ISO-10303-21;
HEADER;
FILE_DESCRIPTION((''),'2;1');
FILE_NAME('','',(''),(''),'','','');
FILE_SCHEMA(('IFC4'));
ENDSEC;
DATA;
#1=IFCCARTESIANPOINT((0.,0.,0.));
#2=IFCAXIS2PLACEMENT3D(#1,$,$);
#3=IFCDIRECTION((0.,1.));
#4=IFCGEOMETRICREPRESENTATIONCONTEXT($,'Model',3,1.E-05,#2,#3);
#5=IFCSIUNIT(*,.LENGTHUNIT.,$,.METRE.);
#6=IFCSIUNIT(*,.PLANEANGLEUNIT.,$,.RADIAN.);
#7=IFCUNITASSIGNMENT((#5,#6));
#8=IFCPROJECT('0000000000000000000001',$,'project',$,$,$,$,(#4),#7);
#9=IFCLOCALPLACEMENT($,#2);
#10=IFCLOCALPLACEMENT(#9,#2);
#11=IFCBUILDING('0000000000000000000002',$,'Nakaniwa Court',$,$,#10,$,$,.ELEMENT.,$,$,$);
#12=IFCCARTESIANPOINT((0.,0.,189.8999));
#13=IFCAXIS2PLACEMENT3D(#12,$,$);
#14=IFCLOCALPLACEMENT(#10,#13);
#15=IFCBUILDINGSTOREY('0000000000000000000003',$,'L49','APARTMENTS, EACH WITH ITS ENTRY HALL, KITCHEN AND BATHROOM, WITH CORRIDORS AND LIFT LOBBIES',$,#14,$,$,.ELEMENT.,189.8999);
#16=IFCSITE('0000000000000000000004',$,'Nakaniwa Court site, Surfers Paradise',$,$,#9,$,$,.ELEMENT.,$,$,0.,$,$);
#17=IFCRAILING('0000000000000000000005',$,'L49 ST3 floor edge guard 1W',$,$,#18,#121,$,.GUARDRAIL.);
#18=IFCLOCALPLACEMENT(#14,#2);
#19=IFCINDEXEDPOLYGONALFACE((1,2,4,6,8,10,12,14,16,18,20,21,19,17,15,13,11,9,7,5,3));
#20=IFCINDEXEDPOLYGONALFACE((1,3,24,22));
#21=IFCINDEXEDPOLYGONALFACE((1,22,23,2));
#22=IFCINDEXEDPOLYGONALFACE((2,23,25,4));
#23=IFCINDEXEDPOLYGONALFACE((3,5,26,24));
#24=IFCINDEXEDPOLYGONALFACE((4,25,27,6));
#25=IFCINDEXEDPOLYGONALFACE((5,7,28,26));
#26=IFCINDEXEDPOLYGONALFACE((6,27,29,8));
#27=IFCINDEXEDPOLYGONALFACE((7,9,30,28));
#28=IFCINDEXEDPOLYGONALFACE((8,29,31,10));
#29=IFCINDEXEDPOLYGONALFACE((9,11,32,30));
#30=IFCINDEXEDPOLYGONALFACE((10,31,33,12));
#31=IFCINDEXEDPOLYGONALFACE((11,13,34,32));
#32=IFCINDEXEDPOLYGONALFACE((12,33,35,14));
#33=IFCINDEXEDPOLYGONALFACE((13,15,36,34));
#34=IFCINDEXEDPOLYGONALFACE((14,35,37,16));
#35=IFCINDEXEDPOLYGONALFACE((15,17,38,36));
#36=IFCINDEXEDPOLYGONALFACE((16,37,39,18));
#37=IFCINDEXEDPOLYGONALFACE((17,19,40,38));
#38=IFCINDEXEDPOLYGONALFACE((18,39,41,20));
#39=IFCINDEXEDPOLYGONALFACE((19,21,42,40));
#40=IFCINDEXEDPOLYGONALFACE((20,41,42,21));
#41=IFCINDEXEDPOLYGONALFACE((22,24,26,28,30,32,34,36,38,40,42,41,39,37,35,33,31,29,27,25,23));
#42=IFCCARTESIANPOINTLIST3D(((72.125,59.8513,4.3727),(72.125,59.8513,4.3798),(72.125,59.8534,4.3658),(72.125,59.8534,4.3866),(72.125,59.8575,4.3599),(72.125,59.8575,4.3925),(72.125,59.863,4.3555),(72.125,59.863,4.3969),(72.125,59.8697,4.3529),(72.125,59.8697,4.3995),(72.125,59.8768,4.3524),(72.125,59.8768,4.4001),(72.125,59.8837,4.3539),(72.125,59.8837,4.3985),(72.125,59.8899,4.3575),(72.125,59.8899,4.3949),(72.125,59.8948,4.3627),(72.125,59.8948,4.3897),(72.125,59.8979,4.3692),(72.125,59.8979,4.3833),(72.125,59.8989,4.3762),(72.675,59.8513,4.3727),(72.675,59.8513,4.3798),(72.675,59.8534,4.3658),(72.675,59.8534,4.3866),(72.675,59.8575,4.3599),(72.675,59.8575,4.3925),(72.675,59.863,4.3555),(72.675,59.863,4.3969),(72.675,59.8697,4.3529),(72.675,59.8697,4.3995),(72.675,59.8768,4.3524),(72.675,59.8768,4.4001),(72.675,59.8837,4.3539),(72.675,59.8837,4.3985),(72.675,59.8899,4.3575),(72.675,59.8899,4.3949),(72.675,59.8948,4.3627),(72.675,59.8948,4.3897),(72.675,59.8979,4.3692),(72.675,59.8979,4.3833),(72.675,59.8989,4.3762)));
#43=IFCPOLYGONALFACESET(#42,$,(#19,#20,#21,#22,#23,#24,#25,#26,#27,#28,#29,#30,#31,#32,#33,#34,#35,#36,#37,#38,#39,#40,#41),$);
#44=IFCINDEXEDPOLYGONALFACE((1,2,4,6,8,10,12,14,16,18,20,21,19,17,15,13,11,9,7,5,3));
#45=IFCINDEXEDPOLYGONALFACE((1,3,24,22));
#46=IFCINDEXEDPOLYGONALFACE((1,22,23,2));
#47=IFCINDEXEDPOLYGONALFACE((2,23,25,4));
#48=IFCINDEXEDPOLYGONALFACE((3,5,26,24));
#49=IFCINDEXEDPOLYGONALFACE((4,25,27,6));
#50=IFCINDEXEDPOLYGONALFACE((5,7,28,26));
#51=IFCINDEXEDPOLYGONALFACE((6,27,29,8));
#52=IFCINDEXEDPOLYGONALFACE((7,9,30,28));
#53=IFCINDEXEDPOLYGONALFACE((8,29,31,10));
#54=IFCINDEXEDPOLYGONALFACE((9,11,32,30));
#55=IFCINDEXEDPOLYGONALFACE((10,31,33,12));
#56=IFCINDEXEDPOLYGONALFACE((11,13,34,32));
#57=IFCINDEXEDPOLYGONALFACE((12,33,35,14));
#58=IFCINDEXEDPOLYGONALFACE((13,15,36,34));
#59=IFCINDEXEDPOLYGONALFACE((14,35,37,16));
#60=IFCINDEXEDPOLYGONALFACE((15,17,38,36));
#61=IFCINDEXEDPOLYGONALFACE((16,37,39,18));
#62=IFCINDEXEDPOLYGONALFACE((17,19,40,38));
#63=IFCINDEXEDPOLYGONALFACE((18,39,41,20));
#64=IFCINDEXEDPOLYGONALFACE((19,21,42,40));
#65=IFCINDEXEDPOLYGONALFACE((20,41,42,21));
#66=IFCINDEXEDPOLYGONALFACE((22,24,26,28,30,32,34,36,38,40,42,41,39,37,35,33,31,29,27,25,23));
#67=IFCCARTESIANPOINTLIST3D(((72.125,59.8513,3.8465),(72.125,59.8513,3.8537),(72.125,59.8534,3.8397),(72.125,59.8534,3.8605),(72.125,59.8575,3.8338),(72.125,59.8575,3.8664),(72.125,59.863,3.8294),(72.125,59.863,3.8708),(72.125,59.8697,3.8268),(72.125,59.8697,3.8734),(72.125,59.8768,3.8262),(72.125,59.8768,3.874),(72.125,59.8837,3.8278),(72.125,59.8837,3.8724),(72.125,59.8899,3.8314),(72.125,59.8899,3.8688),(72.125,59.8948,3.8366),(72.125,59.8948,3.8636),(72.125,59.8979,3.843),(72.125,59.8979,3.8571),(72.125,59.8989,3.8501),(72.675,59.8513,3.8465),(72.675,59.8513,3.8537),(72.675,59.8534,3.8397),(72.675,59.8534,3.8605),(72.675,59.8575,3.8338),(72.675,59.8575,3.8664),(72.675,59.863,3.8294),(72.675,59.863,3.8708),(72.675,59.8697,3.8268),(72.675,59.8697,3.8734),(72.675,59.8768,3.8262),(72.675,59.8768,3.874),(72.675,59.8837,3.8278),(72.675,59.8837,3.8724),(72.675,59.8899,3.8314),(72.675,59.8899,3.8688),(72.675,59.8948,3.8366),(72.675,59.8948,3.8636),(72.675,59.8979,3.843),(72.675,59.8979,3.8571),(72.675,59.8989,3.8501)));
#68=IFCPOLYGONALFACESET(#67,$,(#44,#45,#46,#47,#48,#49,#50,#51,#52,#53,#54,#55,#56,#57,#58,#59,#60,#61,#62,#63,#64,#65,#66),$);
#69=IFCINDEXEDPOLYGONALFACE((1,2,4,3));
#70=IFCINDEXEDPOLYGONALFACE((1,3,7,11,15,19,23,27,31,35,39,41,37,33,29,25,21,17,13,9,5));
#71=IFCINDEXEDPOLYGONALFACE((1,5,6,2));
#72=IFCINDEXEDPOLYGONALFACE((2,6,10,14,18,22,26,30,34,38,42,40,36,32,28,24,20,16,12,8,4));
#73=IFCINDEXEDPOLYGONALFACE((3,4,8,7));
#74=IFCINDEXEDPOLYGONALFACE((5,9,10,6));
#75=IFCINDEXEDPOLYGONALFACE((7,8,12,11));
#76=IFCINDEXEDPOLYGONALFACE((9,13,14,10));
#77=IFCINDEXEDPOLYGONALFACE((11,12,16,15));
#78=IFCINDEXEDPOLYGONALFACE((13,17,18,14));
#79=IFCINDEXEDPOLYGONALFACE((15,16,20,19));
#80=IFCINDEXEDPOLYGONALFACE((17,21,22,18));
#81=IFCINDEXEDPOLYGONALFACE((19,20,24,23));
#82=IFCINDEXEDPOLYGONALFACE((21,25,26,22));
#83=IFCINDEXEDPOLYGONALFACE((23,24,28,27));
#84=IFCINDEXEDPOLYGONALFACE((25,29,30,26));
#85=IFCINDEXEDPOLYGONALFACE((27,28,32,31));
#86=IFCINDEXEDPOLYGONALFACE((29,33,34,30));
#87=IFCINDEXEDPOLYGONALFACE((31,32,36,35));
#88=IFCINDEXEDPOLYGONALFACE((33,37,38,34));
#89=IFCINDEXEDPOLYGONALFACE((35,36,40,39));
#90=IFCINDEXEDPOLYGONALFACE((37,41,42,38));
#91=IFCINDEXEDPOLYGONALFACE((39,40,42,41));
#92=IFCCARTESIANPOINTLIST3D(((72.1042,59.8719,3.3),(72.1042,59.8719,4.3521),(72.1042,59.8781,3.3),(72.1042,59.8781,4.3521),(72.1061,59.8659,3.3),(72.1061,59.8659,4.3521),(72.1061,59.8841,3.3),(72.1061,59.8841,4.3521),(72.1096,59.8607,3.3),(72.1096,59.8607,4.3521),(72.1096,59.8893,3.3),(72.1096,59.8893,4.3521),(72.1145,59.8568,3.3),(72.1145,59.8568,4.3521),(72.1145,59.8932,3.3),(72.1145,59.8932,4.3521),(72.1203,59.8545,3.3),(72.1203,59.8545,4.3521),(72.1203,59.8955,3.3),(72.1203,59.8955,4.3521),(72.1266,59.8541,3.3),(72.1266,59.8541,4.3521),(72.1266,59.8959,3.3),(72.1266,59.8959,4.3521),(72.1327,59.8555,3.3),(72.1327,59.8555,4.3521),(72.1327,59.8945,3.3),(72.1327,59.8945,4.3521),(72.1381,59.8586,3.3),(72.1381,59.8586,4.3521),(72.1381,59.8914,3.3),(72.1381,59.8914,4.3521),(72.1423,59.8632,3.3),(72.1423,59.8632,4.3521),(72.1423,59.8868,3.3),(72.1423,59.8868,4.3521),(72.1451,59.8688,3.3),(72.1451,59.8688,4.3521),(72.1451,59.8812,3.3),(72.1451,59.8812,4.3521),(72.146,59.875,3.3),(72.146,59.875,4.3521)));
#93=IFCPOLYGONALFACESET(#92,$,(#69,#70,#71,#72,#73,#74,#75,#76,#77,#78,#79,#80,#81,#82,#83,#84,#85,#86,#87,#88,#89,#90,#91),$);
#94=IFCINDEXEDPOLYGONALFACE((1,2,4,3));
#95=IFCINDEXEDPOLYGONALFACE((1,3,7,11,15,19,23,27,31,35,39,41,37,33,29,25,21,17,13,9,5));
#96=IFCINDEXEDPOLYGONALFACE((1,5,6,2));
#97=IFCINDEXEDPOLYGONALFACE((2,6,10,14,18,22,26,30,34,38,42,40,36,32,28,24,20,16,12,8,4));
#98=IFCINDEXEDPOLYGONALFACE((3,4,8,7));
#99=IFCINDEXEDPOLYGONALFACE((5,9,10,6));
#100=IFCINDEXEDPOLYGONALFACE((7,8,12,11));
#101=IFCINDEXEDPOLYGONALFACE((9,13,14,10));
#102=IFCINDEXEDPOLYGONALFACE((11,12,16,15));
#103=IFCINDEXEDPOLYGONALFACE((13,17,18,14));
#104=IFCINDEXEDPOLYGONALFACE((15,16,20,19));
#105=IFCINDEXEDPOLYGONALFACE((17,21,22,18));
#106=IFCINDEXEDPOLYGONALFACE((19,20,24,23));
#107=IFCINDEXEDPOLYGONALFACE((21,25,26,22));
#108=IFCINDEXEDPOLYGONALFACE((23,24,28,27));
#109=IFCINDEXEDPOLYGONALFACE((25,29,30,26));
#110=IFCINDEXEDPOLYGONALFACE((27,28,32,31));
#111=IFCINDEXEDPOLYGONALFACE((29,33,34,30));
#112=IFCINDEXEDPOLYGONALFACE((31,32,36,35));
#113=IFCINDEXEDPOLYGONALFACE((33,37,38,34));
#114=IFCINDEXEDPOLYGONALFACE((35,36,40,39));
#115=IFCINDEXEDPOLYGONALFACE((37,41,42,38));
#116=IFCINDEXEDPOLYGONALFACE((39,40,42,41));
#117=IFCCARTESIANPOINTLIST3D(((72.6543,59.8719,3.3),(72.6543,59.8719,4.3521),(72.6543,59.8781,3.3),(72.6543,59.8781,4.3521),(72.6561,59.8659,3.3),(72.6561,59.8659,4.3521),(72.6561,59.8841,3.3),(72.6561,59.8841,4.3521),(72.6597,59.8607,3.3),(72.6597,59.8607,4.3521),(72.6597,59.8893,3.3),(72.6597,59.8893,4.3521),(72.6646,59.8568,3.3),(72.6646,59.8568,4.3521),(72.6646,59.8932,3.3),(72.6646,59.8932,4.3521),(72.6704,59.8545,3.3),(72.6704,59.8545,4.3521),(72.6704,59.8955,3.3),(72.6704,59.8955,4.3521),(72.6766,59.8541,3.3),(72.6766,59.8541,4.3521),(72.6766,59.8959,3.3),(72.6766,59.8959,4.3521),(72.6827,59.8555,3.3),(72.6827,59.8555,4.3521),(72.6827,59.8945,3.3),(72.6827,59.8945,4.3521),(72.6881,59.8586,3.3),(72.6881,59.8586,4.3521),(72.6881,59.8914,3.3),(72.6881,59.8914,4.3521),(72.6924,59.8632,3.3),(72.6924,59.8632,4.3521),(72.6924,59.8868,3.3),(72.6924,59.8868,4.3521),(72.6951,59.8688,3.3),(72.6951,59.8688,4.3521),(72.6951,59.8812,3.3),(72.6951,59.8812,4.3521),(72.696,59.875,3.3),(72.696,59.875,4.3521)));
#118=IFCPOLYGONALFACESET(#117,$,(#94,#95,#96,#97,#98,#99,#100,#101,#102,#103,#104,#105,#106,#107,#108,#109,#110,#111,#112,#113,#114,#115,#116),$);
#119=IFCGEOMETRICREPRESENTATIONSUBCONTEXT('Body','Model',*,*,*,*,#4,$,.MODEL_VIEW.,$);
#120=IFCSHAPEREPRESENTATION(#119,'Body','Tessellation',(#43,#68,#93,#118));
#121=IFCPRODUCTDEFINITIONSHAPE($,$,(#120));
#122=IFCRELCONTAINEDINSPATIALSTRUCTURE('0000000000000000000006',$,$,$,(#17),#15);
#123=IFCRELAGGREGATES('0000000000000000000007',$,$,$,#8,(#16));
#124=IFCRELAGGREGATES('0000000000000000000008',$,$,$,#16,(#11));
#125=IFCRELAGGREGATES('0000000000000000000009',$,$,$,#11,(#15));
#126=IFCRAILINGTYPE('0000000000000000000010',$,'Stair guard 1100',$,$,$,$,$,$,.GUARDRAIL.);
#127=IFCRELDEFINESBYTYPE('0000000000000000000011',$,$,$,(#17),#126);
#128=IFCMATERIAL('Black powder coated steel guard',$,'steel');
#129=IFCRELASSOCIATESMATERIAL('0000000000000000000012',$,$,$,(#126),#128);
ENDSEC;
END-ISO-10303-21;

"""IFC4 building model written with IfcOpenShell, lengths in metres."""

from ifc_helpers import new_model, si_unit, direction, frame, origin, origin_2d, place, context, subcontext, project, spatial, circle, extrude, material, type_object, element, save


model = new_model("IFC4")

# Units and contexts
model_context = context("Model", 3, precision=1e-05, world=origin(), true_north=direction((0.0, 1.0)))
body_context = subcontext(model_context, "Body", "Model", "MODEL_VIEW")
ifc_project = project(units=[si_unit("LENGTHUNIT", "METRE"), si_unit("PLANEANGLEUNIT", "RADIAN")], contexts=[model_context])

# Site, building, storey
site_placement = place(None, origin())
site = spatial("IfcSite", under=ifc_project, at=site_placement, Name="Nakaniwa Court site, Surfers Paradise", CompositionType="ELEMENT", RefElevation=0.0)
building_placement = place(site_placement, origin())
building = spatial("IfcBuilding", under=site, at=building_placement, Name="Nakaniwa Court", CompositionType="ELEMENT")
storey_placement = place(building_placement, frame((0.0, 0.0, 189.8999)))
storey = spatial("IfcBuildingStorey", under=building, at=storey_placement, Name="L49", Description="APARTMENTS, EACH WITH ITS ENTRY HALL, KITCHEN AND BATHROOM, WITH CORRIDORS AND LIFT LOBBIES", CompositionType="ELEMENT", Elevation=189.8999)

# Railing
ifc_material_1 = material(Name="Black powder coated steel guard", Category="steel")
railing_type_1 = type_object("IfcRailingType", Name="Stair guard 1100", PredefinedType="GUARDRAIL", material=ifc_material_1)
for number, where, name in (
    (1, (72.125, 59.875, 3.3), "L49 ST3 floor edge guard 1W"),
):
    element("IfcRailing", number, at=place(storey_placement, frame(where)), inside=storey, type_object=railing_type_1, Name=name, PredefinedType="GUARDRAIL", context=body_context, shape_type="SweptSolid", body=[
        extrude(circle(Radius=0.0239, at=origin_2d()), frame((0.0, 0.0, 1.0762), z_axis=(1.0, 0.0, 0.0), x_axis=(0.0, 1.0, 0.0)), (0.0, 0.0, 1.0), 0.55),
        extrude(circle(Radius=0.0239, at=origin_2d()), frame((0.0, 0.0, 0.55), z_axis=(1.0, 0.0, 0.0), x_axis=(0.0, 1.0, 0.0)), (0.0, 0.0, 1.0), 0.55),
        extrude(circle(Radius=0.021, at=origin_2d()), origin(), (0.0, 0.0, 1.0), 1.052),
        extrude(circle(Radius=0.021, at=origin_2d()), frame((0.55, 0.0, 0.0)), (0.0, 0.0, 1.0), 1.052),
    ])

save(model, "model.ifc")
